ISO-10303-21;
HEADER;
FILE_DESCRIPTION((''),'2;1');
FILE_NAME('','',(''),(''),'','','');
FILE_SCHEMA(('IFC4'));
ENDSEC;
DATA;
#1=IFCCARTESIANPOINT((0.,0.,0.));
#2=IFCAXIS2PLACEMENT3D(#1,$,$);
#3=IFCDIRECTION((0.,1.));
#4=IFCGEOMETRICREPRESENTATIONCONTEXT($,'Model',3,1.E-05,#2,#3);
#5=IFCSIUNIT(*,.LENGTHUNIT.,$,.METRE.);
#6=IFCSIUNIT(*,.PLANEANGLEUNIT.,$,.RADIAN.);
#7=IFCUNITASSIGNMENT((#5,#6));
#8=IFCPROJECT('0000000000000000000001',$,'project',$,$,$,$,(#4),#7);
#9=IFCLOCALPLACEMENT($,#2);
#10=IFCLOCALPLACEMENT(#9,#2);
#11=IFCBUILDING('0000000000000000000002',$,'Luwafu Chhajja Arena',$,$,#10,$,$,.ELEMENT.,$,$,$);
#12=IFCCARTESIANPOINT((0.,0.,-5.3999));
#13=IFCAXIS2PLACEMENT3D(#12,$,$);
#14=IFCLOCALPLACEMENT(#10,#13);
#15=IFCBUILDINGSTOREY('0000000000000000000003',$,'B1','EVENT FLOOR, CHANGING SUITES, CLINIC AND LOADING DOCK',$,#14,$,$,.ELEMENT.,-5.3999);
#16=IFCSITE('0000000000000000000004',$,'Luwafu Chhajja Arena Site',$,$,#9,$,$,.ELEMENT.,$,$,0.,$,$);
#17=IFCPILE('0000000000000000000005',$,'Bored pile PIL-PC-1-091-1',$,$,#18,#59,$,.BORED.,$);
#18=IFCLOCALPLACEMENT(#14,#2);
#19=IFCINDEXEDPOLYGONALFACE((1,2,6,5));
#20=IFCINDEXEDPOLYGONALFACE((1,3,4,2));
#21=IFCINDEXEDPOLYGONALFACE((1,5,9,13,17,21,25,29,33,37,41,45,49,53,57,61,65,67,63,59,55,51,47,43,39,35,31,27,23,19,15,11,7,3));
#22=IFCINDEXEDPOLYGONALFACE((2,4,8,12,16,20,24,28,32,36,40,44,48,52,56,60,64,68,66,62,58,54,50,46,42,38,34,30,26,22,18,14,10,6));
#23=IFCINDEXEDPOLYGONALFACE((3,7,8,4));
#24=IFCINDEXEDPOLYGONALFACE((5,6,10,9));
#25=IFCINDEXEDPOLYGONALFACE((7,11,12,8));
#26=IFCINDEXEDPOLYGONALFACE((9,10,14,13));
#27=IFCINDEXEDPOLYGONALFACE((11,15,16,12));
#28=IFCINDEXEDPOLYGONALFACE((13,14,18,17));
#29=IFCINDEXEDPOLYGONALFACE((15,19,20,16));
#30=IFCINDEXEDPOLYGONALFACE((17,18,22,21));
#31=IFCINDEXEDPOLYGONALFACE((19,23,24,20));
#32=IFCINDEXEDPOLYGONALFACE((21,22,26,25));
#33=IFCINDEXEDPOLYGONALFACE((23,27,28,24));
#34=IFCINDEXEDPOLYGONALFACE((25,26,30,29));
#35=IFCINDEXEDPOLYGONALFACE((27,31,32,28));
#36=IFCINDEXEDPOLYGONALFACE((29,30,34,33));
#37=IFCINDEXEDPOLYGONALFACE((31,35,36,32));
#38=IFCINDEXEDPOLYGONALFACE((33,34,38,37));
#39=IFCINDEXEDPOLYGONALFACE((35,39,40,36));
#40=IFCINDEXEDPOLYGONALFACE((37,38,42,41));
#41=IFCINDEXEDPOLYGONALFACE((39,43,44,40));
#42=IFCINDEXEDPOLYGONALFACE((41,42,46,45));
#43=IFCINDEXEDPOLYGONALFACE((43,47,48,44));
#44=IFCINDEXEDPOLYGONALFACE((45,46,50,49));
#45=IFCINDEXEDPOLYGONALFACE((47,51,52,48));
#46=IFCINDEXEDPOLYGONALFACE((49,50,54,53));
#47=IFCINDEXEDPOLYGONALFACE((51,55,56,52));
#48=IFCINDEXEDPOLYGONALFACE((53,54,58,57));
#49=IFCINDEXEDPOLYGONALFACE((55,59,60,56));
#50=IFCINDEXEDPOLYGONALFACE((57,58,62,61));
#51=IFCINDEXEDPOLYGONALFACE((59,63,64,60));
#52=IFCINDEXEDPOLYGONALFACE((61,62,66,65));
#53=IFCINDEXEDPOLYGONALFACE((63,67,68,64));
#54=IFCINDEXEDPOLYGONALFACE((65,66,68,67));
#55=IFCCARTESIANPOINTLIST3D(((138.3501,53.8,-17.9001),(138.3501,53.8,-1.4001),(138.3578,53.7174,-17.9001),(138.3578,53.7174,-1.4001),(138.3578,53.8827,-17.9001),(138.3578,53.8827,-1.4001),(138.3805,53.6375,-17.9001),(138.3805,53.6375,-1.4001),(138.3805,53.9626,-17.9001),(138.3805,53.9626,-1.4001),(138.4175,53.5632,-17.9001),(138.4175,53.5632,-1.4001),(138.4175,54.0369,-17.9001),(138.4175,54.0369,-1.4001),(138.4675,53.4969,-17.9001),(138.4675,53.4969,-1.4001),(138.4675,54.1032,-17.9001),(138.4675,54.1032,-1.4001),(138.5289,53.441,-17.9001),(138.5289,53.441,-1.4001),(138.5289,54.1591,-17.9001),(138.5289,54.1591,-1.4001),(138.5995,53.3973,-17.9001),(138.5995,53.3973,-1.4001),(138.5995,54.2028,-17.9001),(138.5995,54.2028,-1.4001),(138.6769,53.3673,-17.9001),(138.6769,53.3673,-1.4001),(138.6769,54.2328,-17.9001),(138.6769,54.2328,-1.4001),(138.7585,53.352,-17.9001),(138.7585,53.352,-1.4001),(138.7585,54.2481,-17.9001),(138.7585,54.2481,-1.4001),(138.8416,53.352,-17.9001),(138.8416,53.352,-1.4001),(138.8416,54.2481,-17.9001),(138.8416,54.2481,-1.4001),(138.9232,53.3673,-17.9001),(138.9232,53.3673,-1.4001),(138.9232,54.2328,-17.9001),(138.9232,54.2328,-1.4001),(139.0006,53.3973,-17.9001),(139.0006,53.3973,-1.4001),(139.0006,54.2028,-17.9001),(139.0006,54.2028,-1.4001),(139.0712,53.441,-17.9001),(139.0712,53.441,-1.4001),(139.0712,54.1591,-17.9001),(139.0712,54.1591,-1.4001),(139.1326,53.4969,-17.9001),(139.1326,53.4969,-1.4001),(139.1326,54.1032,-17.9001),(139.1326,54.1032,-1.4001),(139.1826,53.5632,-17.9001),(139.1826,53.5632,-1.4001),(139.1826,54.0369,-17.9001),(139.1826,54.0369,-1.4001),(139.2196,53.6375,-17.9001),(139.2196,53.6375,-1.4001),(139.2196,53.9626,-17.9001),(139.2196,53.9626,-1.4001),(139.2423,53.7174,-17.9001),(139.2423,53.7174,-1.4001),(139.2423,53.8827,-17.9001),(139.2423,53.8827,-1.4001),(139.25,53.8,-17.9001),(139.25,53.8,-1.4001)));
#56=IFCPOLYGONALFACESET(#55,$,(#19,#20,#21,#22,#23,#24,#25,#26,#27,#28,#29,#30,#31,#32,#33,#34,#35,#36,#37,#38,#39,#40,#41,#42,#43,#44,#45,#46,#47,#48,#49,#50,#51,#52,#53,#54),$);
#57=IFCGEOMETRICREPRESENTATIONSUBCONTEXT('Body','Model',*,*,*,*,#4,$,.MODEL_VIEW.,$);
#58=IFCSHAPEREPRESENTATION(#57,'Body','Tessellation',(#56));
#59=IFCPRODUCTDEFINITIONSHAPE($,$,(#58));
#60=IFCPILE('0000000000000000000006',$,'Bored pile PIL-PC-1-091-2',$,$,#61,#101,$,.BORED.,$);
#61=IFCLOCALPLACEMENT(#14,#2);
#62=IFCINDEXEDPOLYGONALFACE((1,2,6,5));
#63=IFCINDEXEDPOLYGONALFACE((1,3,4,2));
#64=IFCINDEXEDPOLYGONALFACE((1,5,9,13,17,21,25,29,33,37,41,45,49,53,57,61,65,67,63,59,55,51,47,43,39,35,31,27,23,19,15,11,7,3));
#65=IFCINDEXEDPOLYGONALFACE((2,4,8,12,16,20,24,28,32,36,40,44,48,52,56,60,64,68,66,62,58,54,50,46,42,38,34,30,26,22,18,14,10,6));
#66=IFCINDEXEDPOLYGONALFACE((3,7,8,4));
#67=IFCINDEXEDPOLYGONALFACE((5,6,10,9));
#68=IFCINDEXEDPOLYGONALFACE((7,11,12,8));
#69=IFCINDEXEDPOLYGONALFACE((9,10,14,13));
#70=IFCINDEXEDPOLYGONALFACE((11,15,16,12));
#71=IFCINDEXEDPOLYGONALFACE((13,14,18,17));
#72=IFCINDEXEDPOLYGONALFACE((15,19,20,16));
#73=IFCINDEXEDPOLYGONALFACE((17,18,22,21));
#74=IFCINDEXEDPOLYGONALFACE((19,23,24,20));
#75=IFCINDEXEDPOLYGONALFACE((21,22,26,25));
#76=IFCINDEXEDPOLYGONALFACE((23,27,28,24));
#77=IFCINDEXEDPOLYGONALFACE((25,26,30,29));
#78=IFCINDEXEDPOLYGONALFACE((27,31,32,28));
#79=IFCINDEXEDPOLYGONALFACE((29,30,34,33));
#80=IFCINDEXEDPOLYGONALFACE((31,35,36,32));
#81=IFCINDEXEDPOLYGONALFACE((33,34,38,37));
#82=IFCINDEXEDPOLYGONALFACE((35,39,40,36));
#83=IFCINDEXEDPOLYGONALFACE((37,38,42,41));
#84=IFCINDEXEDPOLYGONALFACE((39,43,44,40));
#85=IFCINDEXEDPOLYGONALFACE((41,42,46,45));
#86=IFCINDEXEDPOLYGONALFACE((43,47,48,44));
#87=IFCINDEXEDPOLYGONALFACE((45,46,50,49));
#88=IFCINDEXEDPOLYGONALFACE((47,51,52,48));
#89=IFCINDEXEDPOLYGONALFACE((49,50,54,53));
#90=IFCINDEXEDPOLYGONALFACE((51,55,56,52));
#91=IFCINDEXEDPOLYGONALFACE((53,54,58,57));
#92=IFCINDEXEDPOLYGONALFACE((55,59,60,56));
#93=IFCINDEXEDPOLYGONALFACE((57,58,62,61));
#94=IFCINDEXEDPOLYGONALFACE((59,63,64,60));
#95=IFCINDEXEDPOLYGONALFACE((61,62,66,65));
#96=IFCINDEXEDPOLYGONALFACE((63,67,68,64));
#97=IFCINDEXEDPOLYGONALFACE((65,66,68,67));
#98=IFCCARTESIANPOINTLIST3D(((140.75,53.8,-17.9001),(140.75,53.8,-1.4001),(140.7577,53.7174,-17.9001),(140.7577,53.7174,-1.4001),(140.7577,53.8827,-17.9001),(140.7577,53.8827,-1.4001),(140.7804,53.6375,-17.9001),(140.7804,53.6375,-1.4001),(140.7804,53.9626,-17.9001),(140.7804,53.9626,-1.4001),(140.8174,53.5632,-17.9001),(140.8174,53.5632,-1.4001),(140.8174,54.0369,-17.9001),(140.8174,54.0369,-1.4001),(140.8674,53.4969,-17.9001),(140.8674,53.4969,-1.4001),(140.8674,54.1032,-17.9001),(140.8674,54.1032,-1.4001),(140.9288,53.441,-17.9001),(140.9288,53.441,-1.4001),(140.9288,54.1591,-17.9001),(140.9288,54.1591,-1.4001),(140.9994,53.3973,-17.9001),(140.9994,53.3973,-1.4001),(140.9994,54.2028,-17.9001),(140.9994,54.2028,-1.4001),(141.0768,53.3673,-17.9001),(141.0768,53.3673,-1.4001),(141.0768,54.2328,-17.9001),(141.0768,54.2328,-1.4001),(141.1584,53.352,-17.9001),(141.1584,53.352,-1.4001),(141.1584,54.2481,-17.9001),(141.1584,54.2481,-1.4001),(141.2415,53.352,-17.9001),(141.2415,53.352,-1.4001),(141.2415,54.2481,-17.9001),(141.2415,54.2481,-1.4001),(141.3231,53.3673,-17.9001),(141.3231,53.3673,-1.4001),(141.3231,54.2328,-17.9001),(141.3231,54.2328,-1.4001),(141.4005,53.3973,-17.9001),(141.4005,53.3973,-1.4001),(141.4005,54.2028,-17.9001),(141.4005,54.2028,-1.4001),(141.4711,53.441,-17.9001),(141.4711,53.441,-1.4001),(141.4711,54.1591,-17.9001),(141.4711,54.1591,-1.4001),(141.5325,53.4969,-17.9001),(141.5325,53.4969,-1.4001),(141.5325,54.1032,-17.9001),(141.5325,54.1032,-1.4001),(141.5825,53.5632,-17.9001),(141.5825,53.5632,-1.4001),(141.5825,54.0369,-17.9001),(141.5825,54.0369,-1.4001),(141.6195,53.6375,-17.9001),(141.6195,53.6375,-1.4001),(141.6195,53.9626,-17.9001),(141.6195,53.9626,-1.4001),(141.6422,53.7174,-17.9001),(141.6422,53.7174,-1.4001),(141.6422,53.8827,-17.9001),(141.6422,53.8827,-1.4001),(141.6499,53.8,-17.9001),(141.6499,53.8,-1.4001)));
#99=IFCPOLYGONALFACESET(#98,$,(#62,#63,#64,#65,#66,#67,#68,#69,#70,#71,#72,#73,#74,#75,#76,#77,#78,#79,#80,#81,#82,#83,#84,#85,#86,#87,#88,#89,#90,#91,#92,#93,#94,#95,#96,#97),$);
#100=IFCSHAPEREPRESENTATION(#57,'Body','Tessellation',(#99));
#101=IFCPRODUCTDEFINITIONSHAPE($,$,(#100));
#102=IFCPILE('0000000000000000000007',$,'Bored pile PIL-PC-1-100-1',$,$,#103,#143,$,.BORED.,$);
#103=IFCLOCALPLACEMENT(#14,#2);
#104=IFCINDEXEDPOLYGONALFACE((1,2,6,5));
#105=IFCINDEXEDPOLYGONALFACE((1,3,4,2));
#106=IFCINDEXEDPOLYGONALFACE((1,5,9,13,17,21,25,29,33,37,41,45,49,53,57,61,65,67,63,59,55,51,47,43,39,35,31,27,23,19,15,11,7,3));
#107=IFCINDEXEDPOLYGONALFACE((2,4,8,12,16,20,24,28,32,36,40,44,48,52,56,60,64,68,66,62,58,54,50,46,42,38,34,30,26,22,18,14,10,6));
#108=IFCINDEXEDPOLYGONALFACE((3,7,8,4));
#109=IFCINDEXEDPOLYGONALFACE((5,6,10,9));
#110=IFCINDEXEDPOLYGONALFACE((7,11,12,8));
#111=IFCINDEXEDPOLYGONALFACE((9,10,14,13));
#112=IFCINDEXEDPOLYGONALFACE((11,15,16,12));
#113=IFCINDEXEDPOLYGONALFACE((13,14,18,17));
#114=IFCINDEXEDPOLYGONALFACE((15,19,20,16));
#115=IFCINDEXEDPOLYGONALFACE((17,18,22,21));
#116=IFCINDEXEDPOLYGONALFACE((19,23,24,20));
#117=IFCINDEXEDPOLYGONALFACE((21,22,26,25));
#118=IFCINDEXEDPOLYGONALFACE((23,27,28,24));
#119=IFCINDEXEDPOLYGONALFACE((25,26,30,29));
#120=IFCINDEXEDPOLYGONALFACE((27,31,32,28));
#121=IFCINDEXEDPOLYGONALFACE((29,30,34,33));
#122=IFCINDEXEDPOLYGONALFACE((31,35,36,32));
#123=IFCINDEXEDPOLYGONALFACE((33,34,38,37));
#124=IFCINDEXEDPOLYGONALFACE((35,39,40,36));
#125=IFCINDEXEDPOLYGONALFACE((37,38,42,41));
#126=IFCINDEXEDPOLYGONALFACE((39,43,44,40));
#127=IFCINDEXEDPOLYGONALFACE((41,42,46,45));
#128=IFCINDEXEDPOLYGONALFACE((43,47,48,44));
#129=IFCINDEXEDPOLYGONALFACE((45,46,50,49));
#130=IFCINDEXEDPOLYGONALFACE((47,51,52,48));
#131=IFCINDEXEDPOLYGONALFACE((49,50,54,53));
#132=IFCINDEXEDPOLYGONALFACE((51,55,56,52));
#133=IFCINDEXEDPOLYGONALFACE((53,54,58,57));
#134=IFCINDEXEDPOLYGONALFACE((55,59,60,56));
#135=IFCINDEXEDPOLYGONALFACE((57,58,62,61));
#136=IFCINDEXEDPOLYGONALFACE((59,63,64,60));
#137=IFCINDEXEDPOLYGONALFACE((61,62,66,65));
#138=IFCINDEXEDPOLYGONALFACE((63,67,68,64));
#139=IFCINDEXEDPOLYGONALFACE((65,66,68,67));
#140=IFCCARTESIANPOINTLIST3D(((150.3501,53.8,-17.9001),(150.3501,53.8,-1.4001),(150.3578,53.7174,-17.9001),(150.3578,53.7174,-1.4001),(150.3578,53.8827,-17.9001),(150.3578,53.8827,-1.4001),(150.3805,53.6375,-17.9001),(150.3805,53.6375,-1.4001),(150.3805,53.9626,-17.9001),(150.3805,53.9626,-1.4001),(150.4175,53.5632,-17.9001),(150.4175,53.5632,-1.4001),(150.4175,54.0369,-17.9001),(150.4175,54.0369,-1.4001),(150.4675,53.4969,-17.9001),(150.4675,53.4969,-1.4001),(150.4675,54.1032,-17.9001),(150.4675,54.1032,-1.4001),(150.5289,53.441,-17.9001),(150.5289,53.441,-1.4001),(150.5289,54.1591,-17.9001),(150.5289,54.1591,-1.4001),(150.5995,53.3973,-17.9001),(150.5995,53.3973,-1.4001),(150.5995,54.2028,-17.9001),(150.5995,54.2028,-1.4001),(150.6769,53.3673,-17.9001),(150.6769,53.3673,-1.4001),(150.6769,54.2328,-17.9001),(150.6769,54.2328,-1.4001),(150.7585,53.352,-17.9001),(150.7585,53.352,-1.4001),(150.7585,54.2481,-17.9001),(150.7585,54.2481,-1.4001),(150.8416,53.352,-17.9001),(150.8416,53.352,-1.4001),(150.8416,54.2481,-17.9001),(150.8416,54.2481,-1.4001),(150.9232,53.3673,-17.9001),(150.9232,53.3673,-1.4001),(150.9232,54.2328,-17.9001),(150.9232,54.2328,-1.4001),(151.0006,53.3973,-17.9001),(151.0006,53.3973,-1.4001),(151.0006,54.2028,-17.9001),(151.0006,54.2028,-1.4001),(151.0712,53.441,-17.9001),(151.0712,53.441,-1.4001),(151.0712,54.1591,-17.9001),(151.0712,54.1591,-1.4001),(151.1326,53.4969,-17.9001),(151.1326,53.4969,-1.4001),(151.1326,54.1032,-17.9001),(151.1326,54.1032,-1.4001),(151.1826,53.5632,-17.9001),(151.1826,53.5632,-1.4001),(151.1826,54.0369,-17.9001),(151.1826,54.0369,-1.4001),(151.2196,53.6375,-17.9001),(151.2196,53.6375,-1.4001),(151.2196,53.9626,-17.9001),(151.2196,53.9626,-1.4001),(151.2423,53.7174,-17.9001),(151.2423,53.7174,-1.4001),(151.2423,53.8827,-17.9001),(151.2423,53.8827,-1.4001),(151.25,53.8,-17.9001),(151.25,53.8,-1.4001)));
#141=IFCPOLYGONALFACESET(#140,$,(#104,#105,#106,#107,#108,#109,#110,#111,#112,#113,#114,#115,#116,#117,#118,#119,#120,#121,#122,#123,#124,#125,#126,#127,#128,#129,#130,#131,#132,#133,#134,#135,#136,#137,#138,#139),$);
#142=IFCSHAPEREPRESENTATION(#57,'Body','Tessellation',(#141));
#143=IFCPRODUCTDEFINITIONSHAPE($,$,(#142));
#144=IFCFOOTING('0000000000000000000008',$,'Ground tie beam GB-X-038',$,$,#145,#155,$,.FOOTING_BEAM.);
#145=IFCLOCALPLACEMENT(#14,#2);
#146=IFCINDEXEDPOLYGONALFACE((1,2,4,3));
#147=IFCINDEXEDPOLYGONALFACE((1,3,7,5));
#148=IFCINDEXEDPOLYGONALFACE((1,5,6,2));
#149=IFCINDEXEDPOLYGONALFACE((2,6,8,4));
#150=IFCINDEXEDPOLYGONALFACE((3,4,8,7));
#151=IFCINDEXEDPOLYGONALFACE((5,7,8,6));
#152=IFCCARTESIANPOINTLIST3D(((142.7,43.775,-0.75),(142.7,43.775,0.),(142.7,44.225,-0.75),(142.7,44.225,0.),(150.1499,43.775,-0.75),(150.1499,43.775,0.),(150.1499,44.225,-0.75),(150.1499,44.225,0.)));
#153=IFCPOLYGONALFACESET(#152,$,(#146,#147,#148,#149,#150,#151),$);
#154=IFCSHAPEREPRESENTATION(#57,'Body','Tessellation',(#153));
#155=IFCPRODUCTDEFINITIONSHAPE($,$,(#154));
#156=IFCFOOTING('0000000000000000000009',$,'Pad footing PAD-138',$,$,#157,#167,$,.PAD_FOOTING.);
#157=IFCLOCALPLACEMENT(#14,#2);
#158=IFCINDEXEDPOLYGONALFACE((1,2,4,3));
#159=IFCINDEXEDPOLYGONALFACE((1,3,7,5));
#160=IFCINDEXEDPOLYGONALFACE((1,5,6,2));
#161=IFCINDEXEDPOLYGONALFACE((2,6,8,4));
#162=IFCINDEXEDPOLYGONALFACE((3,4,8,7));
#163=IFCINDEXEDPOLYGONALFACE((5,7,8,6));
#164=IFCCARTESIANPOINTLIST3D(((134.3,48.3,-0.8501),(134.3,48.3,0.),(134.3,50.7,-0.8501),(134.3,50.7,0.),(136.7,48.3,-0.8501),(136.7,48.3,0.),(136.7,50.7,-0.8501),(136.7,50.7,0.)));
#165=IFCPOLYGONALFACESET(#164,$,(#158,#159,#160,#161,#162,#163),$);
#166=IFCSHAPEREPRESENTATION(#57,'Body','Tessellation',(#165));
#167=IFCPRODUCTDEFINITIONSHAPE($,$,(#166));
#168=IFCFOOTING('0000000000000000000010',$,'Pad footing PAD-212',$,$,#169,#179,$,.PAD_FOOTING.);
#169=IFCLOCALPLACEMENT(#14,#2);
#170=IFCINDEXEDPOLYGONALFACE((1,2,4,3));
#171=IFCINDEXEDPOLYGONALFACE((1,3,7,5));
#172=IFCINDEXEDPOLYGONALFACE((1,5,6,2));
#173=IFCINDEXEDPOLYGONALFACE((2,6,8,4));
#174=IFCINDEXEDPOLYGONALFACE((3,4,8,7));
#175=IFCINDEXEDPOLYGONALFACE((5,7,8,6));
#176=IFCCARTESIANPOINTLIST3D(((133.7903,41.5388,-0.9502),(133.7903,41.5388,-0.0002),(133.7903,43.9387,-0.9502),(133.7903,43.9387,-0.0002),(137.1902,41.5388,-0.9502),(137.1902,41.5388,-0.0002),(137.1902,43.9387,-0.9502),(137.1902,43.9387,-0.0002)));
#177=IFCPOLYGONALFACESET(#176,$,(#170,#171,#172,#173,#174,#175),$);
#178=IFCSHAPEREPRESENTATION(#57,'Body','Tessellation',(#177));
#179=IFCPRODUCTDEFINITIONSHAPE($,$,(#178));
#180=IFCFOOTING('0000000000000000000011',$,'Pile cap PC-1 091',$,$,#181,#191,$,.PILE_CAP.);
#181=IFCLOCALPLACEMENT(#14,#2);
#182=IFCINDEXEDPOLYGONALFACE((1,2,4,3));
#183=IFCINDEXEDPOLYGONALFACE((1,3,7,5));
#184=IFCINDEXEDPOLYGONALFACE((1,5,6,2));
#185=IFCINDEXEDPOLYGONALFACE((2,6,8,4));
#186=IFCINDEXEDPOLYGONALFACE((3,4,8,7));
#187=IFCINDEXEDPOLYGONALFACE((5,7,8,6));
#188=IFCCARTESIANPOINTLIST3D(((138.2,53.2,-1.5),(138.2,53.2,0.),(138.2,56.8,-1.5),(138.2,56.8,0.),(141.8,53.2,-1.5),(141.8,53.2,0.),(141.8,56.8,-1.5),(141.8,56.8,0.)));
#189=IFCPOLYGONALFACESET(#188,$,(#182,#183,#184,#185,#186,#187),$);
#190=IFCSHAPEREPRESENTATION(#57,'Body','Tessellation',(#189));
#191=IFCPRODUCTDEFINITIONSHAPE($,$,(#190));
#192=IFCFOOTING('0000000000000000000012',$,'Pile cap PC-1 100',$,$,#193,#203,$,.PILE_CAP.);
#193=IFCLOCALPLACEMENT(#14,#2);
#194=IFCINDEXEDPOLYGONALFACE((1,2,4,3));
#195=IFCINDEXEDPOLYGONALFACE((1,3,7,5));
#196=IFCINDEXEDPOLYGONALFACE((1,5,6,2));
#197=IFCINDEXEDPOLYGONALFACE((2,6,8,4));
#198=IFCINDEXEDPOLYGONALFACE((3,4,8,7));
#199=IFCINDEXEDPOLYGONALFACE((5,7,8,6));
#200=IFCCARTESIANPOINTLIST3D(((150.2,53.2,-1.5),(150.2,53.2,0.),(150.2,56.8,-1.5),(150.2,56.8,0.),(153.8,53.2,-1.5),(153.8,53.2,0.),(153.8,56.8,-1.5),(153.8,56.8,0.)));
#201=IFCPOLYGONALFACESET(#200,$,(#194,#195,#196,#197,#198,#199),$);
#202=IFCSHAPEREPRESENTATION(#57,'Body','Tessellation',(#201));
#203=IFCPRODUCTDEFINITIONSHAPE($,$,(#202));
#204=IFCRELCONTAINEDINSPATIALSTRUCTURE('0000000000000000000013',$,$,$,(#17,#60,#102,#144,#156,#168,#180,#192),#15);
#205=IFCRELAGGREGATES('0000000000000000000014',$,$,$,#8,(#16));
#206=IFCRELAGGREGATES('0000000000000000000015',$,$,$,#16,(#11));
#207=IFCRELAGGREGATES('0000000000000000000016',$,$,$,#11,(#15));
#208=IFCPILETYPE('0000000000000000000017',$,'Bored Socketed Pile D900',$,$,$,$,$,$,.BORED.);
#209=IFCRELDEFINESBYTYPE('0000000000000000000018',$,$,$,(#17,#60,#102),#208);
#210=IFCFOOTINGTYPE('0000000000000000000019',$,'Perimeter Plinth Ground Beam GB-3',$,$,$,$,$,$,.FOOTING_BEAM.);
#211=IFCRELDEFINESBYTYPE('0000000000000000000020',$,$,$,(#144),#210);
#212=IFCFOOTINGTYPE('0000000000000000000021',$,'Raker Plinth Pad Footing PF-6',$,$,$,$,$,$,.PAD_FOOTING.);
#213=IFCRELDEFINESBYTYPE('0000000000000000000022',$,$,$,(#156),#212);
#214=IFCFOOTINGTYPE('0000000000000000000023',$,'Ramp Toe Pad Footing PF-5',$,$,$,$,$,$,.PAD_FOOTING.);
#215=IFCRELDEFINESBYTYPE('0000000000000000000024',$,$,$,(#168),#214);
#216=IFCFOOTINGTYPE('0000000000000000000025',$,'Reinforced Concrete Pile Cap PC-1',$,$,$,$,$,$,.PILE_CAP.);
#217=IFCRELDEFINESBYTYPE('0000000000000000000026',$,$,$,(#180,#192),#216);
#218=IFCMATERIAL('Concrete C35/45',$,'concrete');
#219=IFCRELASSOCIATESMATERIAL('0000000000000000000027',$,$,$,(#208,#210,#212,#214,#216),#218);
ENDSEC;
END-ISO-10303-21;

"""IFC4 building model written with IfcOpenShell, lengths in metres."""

from ifc_helpers import new_model, si_unit, direction, frame, origin, origin_2d, place, context, subcontext, project, spatial, rectangle, circle, extrude, material, material_profile, profile_set, type_object, element, save


model = new_model("IFC4")

# Units and contexts
model_context = context("Model", 3, precision=1e-05, world=origin(), true_north=direction((0.0, 1.0)))
body_context = subcontext(model_context, "Body", "Model", "MODEL_VIEW")
ifc_project = project(units=[si_unit("LENGTHUNIT", "METRE"), si_unit("PLANEANGLEUNIT", "RADIAN")], contexts=[model_context])

# Site, building, storey
site_placement = place(None, origin())
site = spatial("IfcSite", under=ifc_project, at=site_placement, Name="Luwafu Chhajja Arena Site", CompositionType="ELEMENT", RefElevation=0.0)
building_placement = place(site_placement, origin())
building = spatial("IfcBuilding", under=site, at=building_placement, Name="Luwafu Chhajja Arena", CompositionType="ELEMENT")
storey_placement = place(building_placement, frame((0.0, 0.0, -5.3999)))
storey = spatial("IfcBuildingStorey", under=building, at=storey_placement, Name="B1", Description="EVENT FLOOR, CHANGING SUITES, CLINIC AND LOADING DOCK", CompositionType="ELEMENT", Elevation=-5.3999)

# Piles
ifc_material_1 = material(Name="Concrete C35/45", Category="concrete")
ifc_material_profile_1 = material_profile(ifc_material_1, circle(Radius=0.45, at=origin_2d()), Name="PILE D900")
ifc_profile_set_1 = profile_set([ifc_material_profile_1], Name="Concrete C35/45")
pile_type_1 = type_object("IfcPileType", Name="Bored Socketed Pile D900", PredefinedType="BORED", material=ifc_profile_set_1)
for number, where, z_axis, x_axis, name in (
    (1, (138.8, 53.8, -1.4001), (0.0, 0.0, -1.0), (1.0, 0.0, 0.0), "Bored pile PIL-PC-1-091-1"),
    (2, (141.2, 53.8, -1.4001), (0.0, 0.0, -1.0), (1.0, 0.0, 0.0), "Bored pile PIL-PC-1-091-2"),
    (3, (150.8, 53.8, -1.4001), (0.0, 0.0, -1.0), (1.0, 0.0, 0.0), "Bored pile PIL-PC-1-100-1"),
):
    element("IfcPile", number, at=place(storey_placement, frame(where, z_axis=z_axis, x_axis=x_axis)), inside=storey, type_object=pile_type_1, Name=name, PredefinedType="BORED", context=body_context, shape_type="SweptSolid", body=[
        extrude(circle(Radius=0.45, at=origin_2d()), origin(), (0.0, 0.0, 1.0), 16.5),
    ])

# Footings
ifc_material_profile_2 = material_profile(ifc_material_1, rectangle(XDim=0.45, YDim=0.75, at=origin_2d()), Name="RC 450x750")
ifc_profile_set_2 = profile_set([ifc_material_profile_2], Name="Concrete C35/45")
footing_type_1 = type_object("IfcFootingType", Name="Perimeter Plinth Ground Beam GB-3", PredefinedType="FOOTING_BEAM", material=ifc_profile_set_2)
footing_1_placement = place(storey_placement, frame((142.7, 44.0, -0.375), z_axis=(1.0, 0.0, 0.0), x_axis=(0.0, 1.0, 0.0)))
element("IfcFooting", 4, at=footing_1_placement, inside=storey, type_object=footing_type_1, Name="Ground tie beam GB-X-038", PredefinedType="FOOTING_BEAM", context=body_context, shape_type="SweptSolid", body=[
    extrude(rectangle(XDim=0.45, YDim=0.75, at=origin_2d()), origin(), (0.0, 0.0, 1.0), 7.45),
])
footing_type_2 = type_object("IfcFootingType", Name="Raker Plinth Pad Footing PF-6", PredefinedType="PAD_FOOTING", material=ifc_material_1)
footing_2_placement = place(storey_placement, frame((135.5, 49.5, -0.8501), z_axis=(0.0, 0.0, 1.0), x_axis=(1.0, 0.0, 0.0)))
element("IfcFooting", 5, at=footing_2_placement, inside=storey, type_object=footing_type_2, Name="Pad footing PAD-138", PredefinedType="PAD_FOOTING", context=body_context, shape_type="SweptSolid", body=[
    extrude(rectangle(XDim=2.3999, YDim=2.3999, at=origin_2d()), origin(), (0.0, 0.0, 1.0), 0.8501),
])
footing_type_3 = type_object("IfcFootingType", Name="Ramp Toe Pad Footing PF-5", PredefinedType="PAD_FOOTING", material=ifc_material_1)
footing_3_placement = place(storey_placement, frame((135.4902, 42.7388, -0.9502), z_axis=(0.0, 0.0, 1.0), x_axis=(1.0, 0.0, 0.0)))
element("IfcFooting", 6, at=footing_3_placement, inside=storey, type_object=footing_type_3, Name="Pad footing PAD-212", PredefinedType="PAD_FOOTING", context=body_context, shape_type="SweptSolid", body=[
    extrude(rectangle(XDim=3.3999, YDim=2.3999, at=origin_2d()), origin(), (0.0, 0.0, 1.0), 0.95),
])
footing_type_4 = type_object("IfcFootingType", Name="Reinforced Concrete Pile Cap PC-1", PredefinedType="PILE_CAP", material=ifc_material_1)
for number, where, z_axis, x_axis, name in (
    (7, (140.0, 55.0, -1.5), (0.0, 0.0, 1.0), (1.0, 0.0, 0.0), "Pile cap PC-1 091"),
    (8, (152.0, 55.0, -1.5), (0.0, 0.0, 1.0), (1.0, 0.0, 0.0), "Pile cap PC-1 100"),
):
    element("IfcFooting", number, at=place(storey_placement, frame(where, z_axis=z_axis, x_axis=x_axis)), inside=storey, type_object=footing_type_4, Name=name, PredefinedType="PILE_CAP", context=body_context, shape_type="SweptSolid", body=[
        extrude(rectangle(XDim=3.6001, YDim=3.6001, at=origin_2d()), origin(), (0.0, 0.0, 1.0), 1.5),
    ])

save(model, "model.ifc")
